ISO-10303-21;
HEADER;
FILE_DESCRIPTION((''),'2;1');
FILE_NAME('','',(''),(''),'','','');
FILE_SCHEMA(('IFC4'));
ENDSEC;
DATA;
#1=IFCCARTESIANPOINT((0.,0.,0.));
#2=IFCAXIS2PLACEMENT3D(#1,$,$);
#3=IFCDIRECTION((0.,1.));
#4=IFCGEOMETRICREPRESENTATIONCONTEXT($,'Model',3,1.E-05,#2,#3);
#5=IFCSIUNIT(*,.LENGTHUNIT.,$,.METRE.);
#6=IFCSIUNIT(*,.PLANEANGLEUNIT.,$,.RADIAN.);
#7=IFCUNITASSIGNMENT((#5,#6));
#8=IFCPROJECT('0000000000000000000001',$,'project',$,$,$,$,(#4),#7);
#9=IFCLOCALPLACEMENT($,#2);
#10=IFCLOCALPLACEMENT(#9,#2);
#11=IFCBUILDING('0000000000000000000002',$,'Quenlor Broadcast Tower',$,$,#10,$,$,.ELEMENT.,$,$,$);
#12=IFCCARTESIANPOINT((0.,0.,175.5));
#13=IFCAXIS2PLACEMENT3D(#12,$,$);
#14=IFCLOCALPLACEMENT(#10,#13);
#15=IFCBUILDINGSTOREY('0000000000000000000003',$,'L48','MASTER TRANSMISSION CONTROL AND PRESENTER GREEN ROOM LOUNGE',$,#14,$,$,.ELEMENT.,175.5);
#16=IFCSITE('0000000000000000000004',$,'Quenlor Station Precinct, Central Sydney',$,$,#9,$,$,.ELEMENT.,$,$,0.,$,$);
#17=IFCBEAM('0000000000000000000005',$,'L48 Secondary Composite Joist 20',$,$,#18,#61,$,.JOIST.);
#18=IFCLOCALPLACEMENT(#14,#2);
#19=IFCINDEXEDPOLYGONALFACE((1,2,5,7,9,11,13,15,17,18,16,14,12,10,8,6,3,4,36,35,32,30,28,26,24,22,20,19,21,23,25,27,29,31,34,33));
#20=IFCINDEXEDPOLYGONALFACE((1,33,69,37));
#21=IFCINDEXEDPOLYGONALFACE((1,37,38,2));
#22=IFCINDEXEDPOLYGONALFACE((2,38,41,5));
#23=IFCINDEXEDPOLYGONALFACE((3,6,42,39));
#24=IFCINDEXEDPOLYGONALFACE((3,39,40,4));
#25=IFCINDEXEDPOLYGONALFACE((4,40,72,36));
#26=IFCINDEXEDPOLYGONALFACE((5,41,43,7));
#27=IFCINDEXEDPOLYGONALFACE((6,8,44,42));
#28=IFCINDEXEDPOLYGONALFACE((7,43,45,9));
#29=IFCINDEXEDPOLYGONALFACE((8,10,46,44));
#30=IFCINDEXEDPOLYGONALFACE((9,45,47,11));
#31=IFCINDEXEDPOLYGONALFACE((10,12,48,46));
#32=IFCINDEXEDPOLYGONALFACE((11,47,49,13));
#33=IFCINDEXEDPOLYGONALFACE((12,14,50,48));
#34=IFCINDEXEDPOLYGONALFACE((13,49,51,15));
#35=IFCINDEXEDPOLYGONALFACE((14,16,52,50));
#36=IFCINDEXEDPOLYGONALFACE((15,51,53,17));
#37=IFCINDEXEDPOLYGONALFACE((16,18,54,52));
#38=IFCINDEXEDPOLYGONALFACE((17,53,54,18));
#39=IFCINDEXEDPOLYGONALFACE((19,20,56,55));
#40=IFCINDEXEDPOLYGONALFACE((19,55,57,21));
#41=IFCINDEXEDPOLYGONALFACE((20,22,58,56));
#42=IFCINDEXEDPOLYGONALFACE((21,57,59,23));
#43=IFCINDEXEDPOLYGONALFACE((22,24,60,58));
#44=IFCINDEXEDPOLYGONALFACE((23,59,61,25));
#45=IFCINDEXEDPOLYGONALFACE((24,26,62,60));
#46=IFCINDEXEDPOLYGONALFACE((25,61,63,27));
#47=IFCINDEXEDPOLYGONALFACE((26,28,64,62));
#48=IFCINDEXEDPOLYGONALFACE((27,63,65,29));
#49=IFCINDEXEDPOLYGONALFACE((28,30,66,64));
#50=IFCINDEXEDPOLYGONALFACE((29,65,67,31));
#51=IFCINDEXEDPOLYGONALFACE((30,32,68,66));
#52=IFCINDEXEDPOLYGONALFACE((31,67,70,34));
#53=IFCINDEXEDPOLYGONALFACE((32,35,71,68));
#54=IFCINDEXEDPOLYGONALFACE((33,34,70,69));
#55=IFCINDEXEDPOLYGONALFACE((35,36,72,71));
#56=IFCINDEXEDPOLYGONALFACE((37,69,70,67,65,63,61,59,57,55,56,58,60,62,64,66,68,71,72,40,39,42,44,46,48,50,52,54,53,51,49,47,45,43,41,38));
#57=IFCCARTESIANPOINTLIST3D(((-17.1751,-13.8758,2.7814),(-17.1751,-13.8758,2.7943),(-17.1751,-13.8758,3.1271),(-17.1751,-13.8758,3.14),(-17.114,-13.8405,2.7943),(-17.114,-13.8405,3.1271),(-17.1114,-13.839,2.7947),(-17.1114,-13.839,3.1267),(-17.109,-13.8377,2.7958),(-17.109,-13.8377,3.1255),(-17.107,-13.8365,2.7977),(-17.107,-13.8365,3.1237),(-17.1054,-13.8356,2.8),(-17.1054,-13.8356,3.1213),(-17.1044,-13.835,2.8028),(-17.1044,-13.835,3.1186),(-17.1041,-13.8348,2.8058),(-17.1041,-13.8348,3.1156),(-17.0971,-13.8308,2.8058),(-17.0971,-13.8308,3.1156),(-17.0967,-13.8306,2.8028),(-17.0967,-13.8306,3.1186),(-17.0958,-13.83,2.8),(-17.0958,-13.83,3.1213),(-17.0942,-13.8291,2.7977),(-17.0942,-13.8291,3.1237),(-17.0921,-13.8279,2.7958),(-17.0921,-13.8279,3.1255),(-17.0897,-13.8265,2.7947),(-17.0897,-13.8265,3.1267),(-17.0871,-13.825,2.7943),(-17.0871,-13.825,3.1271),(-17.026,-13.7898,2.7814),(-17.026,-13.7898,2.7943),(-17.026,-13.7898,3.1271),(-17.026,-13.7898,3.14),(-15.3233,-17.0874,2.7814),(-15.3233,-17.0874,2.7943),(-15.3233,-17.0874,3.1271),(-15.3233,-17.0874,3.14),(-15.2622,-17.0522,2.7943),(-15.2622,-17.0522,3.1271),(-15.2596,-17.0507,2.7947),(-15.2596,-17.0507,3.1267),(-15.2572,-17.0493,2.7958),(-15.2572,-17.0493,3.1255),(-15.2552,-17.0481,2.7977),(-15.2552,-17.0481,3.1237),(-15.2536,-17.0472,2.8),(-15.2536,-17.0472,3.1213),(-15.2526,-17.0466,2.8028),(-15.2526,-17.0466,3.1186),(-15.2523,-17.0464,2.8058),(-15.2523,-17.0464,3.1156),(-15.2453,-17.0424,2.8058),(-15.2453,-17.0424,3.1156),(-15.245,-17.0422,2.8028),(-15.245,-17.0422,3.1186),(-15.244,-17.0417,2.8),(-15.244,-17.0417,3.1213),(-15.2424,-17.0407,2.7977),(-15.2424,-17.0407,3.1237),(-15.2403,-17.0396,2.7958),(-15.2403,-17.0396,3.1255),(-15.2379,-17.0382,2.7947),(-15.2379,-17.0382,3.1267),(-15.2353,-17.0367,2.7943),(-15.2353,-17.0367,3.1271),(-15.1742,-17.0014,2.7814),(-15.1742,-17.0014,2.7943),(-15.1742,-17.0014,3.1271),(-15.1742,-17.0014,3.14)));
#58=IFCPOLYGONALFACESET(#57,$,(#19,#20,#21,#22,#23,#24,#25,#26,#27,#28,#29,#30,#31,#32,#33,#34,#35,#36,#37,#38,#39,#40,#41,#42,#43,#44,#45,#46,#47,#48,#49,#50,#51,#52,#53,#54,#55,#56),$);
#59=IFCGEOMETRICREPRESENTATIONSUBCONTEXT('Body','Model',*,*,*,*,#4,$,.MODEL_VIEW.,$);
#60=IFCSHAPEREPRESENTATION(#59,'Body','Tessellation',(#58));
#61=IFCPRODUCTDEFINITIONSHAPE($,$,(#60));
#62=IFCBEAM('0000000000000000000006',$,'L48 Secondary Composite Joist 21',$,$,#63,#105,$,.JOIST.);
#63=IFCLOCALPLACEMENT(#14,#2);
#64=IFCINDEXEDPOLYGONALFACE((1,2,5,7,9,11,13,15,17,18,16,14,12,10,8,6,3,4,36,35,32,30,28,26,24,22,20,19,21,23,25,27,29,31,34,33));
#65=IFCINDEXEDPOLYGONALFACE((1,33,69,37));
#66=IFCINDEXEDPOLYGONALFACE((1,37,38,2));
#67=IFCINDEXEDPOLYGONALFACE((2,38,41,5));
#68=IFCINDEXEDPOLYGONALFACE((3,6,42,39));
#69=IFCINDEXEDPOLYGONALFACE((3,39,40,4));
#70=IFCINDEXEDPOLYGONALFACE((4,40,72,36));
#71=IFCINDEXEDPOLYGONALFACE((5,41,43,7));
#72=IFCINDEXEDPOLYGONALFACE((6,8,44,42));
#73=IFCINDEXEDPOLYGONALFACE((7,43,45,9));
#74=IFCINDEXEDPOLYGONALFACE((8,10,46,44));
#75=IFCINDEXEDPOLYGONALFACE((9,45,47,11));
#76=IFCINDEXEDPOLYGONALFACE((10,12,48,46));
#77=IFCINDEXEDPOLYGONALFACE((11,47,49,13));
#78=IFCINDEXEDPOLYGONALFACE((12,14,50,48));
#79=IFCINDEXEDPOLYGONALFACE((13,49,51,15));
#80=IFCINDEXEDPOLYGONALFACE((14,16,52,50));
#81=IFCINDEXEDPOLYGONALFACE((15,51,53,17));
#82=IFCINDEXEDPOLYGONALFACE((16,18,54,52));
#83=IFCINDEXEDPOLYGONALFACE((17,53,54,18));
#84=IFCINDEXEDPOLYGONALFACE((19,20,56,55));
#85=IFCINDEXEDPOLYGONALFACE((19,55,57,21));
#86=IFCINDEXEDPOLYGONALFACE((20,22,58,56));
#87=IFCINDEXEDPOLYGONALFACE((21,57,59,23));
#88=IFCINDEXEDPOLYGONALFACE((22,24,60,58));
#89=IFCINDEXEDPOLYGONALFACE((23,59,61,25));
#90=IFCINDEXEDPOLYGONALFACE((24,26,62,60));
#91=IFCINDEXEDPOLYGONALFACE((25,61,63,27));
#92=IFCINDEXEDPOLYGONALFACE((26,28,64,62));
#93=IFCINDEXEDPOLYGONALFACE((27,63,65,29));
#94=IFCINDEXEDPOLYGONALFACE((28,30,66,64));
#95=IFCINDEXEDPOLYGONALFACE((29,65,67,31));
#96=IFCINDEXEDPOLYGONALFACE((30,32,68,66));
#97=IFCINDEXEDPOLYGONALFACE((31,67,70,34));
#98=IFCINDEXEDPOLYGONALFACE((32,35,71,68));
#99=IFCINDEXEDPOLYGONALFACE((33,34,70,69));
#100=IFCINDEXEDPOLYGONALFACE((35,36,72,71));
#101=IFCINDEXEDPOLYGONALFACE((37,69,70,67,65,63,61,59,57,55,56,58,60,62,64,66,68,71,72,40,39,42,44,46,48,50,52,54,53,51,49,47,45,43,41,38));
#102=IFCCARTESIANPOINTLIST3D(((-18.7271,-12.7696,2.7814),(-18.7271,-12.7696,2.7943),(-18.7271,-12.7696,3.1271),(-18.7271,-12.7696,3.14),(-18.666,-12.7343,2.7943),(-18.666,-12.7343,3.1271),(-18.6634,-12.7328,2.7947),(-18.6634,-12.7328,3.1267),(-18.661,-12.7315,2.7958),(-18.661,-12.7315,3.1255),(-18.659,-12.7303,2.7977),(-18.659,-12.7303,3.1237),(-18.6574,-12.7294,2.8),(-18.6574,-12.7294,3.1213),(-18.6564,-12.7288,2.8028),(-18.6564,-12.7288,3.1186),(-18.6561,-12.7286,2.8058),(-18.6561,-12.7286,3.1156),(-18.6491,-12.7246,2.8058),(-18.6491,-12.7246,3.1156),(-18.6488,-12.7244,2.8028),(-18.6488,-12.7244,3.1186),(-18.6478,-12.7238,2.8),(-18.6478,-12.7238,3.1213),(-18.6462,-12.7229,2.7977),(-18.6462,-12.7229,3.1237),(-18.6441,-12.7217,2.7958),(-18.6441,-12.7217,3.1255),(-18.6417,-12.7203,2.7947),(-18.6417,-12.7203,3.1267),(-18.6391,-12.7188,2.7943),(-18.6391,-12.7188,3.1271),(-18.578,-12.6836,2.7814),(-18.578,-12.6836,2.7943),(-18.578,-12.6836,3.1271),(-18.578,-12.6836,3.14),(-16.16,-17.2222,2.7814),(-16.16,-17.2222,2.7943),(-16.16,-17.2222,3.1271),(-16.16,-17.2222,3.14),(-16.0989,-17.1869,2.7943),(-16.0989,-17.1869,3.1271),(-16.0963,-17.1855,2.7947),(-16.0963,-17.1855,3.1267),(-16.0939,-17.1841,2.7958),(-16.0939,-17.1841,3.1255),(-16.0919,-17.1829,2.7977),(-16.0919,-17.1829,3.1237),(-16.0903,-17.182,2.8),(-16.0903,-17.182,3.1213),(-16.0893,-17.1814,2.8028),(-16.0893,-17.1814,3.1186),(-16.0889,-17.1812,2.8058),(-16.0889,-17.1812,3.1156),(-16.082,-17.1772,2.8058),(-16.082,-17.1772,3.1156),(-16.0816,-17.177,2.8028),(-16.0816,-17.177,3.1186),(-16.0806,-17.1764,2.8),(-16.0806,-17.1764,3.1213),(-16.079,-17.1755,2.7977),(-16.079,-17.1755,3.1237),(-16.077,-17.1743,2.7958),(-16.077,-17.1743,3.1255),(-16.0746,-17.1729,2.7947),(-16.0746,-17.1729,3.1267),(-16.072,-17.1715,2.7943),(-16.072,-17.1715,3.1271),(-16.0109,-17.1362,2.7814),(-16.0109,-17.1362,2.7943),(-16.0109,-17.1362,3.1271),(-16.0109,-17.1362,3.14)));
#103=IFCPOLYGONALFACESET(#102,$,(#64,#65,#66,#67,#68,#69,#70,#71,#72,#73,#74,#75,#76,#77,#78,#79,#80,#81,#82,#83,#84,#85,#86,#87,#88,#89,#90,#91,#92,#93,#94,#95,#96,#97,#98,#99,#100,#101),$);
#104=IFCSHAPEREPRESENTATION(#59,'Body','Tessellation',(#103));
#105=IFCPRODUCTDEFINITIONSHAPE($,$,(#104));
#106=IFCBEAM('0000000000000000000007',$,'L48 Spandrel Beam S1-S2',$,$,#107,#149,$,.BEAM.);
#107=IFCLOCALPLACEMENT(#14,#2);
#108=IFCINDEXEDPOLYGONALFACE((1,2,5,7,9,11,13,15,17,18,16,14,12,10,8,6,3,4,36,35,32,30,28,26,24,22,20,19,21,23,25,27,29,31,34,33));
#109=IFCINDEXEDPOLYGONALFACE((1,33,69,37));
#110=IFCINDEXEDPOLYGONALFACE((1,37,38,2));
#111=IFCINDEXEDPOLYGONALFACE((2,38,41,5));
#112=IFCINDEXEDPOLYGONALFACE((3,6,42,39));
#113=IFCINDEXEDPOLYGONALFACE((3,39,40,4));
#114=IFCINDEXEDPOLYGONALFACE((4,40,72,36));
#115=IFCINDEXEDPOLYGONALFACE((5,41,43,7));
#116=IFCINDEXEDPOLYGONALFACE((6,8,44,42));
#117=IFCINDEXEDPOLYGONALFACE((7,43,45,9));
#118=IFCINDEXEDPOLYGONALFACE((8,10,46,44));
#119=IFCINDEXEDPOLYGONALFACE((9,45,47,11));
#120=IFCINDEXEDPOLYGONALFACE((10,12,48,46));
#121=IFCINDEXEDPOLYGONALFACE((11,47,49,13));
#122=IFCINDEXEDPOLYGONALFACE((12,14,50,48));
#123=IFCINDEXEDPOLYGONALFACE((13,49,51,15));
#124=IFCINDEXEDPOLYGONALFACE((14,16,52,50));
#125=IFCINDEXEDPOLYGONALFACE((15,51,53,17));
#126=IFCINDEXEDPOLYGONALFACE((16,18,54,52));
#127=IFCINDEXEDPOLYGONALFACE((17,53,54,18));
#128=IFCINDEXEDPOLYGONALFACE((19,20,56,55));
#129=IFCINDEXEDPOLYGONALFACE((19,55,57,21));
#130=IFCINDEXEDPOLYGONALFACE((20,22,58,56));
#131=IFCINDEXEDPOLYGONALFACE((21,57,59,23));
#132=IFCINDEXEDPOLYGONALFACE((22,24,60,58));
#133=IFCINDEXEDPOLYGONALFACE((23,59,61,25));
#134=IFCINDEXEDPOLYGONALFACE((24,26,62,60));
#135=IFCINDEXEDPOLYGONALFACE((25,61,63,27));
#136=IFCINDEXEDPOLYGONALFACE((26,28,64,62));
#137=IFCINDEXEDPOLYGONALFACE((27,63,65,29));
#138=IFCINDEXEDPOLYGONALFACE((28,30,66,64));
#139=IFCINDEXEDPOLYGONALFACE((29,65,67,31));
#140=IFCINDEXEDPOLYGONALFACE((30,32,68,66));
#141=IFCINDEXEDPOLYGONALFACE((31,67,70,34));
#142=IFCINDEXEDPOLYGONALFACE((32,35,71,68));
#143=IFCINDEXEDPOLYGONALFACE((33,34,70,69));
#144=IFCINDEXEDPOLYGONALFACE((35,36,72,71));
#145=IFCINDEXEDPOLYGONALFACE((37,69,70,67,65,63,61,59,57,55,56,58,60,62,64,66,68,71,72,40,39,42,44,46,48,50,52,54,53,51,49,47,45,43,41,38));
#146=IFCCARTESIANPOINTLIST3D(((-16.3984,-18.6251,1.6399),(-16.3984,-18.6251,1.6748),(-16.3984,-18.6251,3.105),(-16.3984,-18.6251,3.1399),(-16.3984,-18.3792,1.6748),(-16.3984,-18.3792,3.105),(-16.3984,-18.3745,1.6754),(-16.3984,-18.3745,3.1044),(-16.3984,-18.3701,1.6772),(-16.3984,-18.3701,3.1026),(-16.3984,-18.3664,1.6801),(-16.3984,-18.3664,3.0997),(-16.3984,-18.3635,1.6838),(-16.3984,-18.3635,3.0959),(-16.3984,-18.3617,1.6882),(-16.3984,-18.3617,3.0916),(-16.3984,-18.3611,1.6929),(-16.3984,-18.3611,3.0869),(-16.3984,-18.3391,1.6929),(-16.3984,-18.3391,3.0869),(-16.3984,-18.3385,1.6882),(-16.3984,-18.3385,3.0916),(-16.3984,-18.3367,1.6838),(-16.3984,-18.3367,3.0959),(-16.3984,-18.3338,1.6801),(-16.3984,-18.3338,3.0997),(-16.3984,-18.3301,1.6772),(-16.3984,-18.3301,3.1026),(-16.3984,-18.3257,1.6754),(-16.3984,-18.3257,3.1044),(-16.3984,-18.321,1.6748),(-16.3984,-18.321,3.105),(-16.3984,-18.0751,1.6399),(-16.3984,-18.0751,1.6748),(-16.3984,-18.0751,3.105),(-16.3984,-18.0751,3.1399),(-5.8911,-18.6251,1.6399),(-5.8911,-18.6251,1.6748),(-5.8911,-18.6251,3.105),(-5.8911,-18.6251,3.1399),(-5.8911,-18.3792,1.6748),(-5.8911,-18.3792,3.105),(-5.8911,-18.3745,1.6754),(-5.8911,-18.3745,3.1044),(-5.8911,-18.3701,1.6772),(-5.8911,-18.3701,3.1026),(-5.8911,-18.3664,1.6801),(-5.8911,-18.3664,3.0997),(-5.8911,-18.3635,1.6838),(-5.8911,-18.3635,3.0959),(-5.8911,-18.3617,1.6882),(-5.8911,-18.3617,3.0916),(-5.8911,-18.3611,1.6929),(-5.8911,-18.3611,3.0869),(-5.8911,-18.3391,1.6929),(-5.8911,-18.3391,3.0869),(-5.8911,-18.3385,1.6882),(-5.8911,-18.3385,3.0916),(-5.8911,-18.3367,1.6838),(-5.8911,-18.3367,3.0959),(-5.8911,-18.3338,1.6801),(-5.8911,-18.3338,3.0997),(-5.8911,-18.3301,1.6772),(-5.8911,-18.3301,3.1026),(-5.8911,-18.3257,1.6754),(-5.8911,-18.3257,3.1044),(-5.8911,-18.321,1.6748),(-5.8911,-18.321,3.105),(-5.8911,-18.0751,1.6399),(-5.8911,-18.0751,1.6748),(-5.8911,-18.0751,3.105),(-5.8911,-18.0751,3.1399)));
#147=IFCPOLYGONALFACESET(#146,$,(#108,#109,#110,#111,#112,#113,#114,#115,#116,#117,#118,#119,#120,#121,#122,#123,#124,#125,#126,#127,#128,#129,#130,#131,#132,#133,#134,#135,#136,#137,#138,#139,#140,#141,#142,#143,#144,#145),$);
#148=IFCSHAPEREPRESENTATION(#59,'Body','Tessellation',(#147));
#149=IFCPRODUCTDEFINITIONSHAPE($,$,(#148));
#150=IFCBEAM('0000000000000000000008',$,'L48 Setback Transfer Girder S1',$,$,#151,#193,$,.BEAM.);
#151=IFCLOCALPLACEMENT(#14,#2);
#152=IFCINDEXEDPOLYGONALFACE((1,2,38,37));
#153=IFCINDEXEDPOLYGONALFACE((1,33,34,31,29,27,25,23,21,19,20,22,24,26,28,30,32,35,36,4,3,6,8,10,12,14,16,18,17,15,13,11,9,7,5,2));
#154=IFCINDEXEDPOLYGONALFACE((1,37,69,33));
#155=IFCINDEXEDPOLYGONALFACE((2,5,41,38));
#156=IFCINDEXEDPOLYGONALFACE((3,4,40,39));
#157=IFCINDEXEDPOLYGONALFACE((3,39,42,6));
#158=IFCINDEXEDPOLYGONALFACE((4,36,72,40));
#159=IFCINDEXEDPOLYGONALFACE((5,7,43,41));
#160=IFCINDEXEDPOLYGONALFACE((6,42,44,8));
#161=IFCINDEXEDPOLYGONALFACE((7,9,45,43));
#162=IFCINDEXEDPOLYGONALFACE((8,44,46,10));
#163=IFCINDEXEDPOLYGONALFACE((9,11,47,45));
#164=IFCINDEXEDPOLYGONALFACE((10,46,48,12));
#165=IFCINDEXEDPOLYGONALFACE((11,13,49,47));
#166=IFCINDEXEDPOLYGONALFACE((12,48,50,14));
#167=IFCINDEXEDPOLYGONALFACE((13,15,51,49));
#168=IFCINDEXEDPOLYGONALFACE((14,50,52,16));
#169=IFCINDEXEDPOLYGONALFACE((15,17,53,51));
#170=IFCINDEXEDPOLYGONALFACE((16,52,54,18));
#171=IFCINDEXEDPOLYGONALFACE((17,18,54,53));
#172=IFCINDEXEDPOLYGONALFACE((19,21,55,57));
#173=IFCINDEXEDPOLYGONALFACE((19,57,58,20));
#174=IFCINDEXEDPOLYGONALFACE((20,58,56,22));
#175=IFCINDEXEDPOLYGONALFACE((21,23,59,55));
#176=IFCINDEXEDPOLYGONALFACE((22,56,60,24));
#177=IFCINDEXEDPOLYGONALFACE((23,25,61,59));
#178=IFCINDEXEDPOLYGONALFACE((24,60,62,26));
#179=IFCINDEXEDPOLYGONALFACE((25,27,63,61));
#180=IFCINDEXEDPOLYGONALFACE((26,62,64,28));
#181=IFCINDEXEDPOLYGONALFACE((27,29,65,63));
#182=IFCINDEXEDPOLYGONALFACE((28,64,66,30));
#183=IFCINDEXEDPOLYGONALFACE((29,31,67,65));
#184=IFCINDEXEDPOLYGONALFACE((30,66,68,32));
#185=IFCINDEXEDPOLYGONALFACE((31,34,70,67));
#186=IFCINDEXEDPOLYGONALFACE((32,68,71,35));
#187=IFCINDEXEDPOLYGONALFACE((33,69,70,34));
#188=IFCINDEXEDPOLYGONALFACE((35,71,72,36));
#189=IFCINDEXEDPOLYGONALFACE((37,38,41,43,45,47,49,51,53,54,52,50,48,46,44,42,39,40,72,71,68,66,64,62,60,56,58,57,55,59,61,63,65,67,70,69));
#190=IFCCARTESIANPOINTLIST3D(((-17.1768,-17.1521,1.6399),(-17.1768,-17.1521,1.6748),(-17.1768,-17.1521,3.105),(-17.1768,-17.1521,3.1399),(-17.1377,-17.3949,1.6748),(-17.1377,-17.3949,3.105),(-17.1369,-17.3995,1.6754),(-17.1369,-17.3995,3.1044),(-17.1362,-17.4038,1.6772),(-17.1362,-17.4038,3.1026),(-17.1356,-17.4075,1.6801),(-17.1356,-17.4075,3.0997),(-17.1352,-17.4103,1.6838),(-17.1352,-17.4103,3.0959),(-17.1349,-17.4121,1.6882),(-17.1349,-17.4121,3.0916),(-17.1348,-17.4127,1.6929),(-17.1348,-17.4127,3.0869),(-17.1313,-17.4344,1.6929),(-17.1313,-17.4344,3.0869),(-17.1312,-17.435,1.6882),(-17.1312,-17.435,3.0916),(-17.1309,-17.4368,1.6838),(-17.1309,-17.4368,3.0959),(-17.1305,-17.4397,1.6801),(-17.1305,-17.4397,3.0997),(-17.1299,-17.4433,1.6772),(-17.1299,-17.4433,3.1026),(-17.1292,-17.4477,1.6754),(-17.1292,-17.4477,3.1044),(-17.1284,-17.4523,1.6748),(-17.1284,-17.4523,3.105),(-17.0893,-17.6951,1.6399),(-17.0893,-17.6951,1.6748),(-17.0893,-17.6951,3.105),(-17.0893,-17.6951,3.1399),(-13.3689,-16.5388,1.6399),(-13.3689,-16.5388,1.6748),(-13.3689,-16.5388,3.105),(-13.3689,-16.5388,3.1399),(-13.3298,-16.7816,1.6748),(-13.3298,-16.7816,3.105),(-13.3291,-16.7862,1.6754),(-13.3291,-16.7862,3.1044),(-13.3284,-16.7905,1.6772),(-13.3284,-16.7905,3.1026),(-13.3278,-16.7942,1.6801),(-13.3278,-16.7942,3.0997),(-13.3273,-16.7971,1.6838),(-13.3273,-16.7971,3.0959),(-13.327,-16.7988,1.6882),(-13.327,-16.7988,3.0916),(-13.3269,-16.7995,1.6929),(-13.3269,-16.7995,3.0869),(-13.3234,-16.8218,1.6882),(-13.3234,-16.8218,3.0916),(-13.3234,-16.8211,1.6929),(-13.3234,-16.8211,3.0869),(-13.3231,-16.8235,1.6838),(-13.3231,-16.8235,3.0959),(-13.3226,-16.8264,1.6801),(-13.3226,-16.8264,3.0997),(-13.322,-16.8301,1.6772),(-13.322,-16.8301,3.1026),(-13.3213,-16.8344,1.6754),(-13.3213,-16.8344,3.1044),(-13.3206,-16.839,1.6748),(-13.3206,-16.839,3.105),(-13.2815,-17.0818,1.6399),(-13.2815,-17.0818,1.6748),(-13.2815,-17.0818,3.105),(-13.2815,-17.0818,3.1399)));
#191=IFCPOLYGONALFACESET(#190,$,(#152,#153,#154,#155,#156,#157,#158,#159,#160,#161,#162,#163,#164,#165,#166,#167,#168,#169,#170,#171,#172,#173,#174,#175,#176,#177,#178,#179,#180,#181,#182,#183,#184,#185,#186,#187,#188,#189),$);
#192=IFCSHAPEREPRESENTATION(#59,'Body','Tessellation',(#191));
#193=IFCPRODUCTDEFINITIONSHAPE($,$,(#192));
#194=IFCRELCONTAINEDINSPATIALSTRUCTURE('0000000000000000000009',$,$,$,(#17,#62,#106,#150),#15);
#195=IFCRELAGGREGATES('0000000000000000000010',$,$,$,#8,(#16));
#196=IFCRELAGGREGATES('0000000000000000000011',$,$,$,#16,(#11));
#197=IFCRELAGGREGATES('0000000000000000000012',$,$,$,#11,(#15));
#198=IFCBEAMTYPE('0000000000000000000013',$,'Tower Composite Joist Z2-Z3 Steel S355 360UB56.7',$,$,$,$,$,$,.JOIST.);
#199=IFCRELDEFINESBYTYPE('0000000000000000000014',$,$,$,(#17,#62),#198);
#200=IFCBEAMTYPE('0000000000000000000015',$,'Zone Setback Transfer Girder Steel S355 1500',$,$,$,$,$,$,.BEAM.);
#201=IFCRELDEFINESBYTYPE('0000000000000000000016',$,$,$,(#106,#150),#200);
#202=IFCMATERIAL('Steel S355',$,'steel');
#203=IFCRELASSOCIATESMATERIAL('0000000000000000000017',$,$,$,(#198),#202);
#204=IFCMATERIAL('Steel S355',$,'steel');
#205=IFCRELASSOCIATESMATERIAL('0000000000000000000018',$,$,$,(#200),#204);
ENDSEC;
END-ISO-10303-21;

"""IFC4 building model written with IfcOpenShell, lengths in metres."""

from ifc_helpers import new_model, si_unit, direction, frame, origin, origin_2d, place, context, subcontext, project, spatial, i_section, extrude, material, material_profile, profile_set, type_object, element, save


model = new_model("IFC4")

# Units and contexts
model_context = context("Model", 3, precision=1e-05, world=origin(), true_north=direction((0.0, 1.0)))
body_context = subcontext(model_context, "Body", "Model", "MODEL_VIEW")
ifc_project = project(units=[si_unit("LENGTHUNIT", "METRE"), si_unit("PLANEANGLEUNIT", "RADIAN")], contexts=[model_context])

# Site, building, storey
site_placement = place(None, origin())
site = spatial("IfcSite", under=ifc_project, at=site_placement, Name="Quenlor Station Precinct, Central Sydney", CompositionType="ELEMENT", RefElevation=0.0)
building_placement = place(site_placement, origin())
building = spatial("IfcBuilding", under=site, at=building_placement, Name="Quenlor Broadcast Tower", CompositionType="ELEMENT")
storey_placement = place(building_placement, frame((0.0, 0.0, 175.5)))
storey = spatial("IfcBuildingStorey", under=building, at=storey_placement, Name="L48", Description="MASTER TRANSMISSION CONTROL AND PRESENTER GREEN ROOM LOUNGE", CompositionType="ELEMENT", Elevation=175.5)

# Beams
ifc_material_1 = material(Name="Steel S355", Category="steel")
ifc_material_profile_1 = material_profile(ifc_material_1, i_section(OverallWidth=0.1721, OverallDepth=0.3586, WebThickness=0.0081, FlangeThickness=0.0129, FilletRadius=0.0115, at=origin_2d()))
ifc_profile_set_1 = profile_set([ifc_material_profile_1], Name="Steel S355 360UB56.7")
beam_type_1 = type_object("IfcBeamType", Name="Tower Composite Joist Z2-Z3 Steel S355 360UB56.7", PredefinedType="JOIST", material=ifc_profile_set_1)
beam_1_placement = place(storey_placement, frame((-15.2488, -17.0444, 2.9607), z_axis=(-0.499504, 0.866312, 0.0), x_axis=(-0.866312, -0.499504, 0.0)))
element("IfcBeam", 1, at=beam_1_placement, inside=storey, type_object=beam_type_1, Name="L48 Secondary Composite Joist 20", PredefinedType="JOIST", context=body_context, shape_type="SweptSolid", body=[
    extrude(i_section(OverallWidth=0.1721, OverallDepth=0.3586, WebThickness=0.0081, FlangeThickness=0.0129, FilletRadius=0.0115, at=origin_2d()), origin(), (0.0, 0.0, 1.0), 3.7073),
])
beam_2_placement = place(storey_placement, frame((-16.0854, -17.1792, 2.9607), z_axis=(-0.499476, 0.866328, 0.0), x_axis=(-0.866328, -0.499476, 0.0)))
element("IfcBeam", 2, at=beam_2_placement, inside=storey, type_object=beam_type_1, Name="L48 Secondary Composite Joist 21", PredefinedType="JOIST", context=body_context, shape_type="SweptSolid", body=[
    extrude(i_section(OverallWidth=0.1721, OverallDepth=0.3586, WebThickness=0.0081, FlangeThickness=0.0129, FilletRadius=0.0115, at=origin_2d()), origin(), (0.0, 0.0, 1.0), 5.1396),
])
ifc_material_2 = material(Name="Steel S355", Category="steel")
ifc_material_profile_2 = material_profile(ifc_material_2, i_section(OverallWidth=0.55, OverallDepth=1.5, WebThickness=0.022, FlangeThickness=0.0349, FilletRadius=0.0181, at=origin_2d()))
ifc_profile_set_2 = profile_set([ifc_material_profile_2], Name="Steel S355 1500TG510")
beam_type_2 = type_object("IfcBeamType", Name="Zone Setback Transfer Girder Steel S355 1500", PredefinedType="BEAM", material=ifc_profile_set_2)
beam_3_placement = place(storey_placement, frame((-16.3984, -18.3501, 2.3899), z_axis=(1.0, 0.0, 0.0), x_axis=(0.0, 1.0, 0.0)))
element("IfcBeam", 3, at=beam_3_placement, inside=storey, type_object=beam_type_2, Name="L48 Spandrel Beam S1-S2", PredefinedType="BEAM", context=body_context, shape_type="SweptSolid", body=[
    extrude(i_section(OverallWidth=0.55, OverallDepth=1.5, WebThickness=0.022, FlangeThickness=0.0349, FilletRadius=0.0181, at=origin_2d()), origin(), (0.0, 0.0, 1.0), 10.5073),
])
beam_4_placement = place(storey_placement, frame((-13.3252, -16.8103, 2.3899), z_axis=(-0.987277, -0.159008, 0.0), x_axis=(0.159008, -0.987277, 0.0)))
element("IfcBeam", 4, at=beam_4_placement, inside=storey, type_object=beam_type_2, Name="L48 Setback Transfer Girder S1", PredefinedType="BEAM", context=body_context, shape_type="SweptSolid", body=[
    extrude(i_section(OverallWidth=0.55, OverallDepth=1.5, WebThickness=0.022, FlangeThickness=0.0349, FilletRadius=0.0181, at=origin_2d()), origin(), (0.0, 0.0, 1.0), 3.8569),
])

save(model, "model.ifc")
